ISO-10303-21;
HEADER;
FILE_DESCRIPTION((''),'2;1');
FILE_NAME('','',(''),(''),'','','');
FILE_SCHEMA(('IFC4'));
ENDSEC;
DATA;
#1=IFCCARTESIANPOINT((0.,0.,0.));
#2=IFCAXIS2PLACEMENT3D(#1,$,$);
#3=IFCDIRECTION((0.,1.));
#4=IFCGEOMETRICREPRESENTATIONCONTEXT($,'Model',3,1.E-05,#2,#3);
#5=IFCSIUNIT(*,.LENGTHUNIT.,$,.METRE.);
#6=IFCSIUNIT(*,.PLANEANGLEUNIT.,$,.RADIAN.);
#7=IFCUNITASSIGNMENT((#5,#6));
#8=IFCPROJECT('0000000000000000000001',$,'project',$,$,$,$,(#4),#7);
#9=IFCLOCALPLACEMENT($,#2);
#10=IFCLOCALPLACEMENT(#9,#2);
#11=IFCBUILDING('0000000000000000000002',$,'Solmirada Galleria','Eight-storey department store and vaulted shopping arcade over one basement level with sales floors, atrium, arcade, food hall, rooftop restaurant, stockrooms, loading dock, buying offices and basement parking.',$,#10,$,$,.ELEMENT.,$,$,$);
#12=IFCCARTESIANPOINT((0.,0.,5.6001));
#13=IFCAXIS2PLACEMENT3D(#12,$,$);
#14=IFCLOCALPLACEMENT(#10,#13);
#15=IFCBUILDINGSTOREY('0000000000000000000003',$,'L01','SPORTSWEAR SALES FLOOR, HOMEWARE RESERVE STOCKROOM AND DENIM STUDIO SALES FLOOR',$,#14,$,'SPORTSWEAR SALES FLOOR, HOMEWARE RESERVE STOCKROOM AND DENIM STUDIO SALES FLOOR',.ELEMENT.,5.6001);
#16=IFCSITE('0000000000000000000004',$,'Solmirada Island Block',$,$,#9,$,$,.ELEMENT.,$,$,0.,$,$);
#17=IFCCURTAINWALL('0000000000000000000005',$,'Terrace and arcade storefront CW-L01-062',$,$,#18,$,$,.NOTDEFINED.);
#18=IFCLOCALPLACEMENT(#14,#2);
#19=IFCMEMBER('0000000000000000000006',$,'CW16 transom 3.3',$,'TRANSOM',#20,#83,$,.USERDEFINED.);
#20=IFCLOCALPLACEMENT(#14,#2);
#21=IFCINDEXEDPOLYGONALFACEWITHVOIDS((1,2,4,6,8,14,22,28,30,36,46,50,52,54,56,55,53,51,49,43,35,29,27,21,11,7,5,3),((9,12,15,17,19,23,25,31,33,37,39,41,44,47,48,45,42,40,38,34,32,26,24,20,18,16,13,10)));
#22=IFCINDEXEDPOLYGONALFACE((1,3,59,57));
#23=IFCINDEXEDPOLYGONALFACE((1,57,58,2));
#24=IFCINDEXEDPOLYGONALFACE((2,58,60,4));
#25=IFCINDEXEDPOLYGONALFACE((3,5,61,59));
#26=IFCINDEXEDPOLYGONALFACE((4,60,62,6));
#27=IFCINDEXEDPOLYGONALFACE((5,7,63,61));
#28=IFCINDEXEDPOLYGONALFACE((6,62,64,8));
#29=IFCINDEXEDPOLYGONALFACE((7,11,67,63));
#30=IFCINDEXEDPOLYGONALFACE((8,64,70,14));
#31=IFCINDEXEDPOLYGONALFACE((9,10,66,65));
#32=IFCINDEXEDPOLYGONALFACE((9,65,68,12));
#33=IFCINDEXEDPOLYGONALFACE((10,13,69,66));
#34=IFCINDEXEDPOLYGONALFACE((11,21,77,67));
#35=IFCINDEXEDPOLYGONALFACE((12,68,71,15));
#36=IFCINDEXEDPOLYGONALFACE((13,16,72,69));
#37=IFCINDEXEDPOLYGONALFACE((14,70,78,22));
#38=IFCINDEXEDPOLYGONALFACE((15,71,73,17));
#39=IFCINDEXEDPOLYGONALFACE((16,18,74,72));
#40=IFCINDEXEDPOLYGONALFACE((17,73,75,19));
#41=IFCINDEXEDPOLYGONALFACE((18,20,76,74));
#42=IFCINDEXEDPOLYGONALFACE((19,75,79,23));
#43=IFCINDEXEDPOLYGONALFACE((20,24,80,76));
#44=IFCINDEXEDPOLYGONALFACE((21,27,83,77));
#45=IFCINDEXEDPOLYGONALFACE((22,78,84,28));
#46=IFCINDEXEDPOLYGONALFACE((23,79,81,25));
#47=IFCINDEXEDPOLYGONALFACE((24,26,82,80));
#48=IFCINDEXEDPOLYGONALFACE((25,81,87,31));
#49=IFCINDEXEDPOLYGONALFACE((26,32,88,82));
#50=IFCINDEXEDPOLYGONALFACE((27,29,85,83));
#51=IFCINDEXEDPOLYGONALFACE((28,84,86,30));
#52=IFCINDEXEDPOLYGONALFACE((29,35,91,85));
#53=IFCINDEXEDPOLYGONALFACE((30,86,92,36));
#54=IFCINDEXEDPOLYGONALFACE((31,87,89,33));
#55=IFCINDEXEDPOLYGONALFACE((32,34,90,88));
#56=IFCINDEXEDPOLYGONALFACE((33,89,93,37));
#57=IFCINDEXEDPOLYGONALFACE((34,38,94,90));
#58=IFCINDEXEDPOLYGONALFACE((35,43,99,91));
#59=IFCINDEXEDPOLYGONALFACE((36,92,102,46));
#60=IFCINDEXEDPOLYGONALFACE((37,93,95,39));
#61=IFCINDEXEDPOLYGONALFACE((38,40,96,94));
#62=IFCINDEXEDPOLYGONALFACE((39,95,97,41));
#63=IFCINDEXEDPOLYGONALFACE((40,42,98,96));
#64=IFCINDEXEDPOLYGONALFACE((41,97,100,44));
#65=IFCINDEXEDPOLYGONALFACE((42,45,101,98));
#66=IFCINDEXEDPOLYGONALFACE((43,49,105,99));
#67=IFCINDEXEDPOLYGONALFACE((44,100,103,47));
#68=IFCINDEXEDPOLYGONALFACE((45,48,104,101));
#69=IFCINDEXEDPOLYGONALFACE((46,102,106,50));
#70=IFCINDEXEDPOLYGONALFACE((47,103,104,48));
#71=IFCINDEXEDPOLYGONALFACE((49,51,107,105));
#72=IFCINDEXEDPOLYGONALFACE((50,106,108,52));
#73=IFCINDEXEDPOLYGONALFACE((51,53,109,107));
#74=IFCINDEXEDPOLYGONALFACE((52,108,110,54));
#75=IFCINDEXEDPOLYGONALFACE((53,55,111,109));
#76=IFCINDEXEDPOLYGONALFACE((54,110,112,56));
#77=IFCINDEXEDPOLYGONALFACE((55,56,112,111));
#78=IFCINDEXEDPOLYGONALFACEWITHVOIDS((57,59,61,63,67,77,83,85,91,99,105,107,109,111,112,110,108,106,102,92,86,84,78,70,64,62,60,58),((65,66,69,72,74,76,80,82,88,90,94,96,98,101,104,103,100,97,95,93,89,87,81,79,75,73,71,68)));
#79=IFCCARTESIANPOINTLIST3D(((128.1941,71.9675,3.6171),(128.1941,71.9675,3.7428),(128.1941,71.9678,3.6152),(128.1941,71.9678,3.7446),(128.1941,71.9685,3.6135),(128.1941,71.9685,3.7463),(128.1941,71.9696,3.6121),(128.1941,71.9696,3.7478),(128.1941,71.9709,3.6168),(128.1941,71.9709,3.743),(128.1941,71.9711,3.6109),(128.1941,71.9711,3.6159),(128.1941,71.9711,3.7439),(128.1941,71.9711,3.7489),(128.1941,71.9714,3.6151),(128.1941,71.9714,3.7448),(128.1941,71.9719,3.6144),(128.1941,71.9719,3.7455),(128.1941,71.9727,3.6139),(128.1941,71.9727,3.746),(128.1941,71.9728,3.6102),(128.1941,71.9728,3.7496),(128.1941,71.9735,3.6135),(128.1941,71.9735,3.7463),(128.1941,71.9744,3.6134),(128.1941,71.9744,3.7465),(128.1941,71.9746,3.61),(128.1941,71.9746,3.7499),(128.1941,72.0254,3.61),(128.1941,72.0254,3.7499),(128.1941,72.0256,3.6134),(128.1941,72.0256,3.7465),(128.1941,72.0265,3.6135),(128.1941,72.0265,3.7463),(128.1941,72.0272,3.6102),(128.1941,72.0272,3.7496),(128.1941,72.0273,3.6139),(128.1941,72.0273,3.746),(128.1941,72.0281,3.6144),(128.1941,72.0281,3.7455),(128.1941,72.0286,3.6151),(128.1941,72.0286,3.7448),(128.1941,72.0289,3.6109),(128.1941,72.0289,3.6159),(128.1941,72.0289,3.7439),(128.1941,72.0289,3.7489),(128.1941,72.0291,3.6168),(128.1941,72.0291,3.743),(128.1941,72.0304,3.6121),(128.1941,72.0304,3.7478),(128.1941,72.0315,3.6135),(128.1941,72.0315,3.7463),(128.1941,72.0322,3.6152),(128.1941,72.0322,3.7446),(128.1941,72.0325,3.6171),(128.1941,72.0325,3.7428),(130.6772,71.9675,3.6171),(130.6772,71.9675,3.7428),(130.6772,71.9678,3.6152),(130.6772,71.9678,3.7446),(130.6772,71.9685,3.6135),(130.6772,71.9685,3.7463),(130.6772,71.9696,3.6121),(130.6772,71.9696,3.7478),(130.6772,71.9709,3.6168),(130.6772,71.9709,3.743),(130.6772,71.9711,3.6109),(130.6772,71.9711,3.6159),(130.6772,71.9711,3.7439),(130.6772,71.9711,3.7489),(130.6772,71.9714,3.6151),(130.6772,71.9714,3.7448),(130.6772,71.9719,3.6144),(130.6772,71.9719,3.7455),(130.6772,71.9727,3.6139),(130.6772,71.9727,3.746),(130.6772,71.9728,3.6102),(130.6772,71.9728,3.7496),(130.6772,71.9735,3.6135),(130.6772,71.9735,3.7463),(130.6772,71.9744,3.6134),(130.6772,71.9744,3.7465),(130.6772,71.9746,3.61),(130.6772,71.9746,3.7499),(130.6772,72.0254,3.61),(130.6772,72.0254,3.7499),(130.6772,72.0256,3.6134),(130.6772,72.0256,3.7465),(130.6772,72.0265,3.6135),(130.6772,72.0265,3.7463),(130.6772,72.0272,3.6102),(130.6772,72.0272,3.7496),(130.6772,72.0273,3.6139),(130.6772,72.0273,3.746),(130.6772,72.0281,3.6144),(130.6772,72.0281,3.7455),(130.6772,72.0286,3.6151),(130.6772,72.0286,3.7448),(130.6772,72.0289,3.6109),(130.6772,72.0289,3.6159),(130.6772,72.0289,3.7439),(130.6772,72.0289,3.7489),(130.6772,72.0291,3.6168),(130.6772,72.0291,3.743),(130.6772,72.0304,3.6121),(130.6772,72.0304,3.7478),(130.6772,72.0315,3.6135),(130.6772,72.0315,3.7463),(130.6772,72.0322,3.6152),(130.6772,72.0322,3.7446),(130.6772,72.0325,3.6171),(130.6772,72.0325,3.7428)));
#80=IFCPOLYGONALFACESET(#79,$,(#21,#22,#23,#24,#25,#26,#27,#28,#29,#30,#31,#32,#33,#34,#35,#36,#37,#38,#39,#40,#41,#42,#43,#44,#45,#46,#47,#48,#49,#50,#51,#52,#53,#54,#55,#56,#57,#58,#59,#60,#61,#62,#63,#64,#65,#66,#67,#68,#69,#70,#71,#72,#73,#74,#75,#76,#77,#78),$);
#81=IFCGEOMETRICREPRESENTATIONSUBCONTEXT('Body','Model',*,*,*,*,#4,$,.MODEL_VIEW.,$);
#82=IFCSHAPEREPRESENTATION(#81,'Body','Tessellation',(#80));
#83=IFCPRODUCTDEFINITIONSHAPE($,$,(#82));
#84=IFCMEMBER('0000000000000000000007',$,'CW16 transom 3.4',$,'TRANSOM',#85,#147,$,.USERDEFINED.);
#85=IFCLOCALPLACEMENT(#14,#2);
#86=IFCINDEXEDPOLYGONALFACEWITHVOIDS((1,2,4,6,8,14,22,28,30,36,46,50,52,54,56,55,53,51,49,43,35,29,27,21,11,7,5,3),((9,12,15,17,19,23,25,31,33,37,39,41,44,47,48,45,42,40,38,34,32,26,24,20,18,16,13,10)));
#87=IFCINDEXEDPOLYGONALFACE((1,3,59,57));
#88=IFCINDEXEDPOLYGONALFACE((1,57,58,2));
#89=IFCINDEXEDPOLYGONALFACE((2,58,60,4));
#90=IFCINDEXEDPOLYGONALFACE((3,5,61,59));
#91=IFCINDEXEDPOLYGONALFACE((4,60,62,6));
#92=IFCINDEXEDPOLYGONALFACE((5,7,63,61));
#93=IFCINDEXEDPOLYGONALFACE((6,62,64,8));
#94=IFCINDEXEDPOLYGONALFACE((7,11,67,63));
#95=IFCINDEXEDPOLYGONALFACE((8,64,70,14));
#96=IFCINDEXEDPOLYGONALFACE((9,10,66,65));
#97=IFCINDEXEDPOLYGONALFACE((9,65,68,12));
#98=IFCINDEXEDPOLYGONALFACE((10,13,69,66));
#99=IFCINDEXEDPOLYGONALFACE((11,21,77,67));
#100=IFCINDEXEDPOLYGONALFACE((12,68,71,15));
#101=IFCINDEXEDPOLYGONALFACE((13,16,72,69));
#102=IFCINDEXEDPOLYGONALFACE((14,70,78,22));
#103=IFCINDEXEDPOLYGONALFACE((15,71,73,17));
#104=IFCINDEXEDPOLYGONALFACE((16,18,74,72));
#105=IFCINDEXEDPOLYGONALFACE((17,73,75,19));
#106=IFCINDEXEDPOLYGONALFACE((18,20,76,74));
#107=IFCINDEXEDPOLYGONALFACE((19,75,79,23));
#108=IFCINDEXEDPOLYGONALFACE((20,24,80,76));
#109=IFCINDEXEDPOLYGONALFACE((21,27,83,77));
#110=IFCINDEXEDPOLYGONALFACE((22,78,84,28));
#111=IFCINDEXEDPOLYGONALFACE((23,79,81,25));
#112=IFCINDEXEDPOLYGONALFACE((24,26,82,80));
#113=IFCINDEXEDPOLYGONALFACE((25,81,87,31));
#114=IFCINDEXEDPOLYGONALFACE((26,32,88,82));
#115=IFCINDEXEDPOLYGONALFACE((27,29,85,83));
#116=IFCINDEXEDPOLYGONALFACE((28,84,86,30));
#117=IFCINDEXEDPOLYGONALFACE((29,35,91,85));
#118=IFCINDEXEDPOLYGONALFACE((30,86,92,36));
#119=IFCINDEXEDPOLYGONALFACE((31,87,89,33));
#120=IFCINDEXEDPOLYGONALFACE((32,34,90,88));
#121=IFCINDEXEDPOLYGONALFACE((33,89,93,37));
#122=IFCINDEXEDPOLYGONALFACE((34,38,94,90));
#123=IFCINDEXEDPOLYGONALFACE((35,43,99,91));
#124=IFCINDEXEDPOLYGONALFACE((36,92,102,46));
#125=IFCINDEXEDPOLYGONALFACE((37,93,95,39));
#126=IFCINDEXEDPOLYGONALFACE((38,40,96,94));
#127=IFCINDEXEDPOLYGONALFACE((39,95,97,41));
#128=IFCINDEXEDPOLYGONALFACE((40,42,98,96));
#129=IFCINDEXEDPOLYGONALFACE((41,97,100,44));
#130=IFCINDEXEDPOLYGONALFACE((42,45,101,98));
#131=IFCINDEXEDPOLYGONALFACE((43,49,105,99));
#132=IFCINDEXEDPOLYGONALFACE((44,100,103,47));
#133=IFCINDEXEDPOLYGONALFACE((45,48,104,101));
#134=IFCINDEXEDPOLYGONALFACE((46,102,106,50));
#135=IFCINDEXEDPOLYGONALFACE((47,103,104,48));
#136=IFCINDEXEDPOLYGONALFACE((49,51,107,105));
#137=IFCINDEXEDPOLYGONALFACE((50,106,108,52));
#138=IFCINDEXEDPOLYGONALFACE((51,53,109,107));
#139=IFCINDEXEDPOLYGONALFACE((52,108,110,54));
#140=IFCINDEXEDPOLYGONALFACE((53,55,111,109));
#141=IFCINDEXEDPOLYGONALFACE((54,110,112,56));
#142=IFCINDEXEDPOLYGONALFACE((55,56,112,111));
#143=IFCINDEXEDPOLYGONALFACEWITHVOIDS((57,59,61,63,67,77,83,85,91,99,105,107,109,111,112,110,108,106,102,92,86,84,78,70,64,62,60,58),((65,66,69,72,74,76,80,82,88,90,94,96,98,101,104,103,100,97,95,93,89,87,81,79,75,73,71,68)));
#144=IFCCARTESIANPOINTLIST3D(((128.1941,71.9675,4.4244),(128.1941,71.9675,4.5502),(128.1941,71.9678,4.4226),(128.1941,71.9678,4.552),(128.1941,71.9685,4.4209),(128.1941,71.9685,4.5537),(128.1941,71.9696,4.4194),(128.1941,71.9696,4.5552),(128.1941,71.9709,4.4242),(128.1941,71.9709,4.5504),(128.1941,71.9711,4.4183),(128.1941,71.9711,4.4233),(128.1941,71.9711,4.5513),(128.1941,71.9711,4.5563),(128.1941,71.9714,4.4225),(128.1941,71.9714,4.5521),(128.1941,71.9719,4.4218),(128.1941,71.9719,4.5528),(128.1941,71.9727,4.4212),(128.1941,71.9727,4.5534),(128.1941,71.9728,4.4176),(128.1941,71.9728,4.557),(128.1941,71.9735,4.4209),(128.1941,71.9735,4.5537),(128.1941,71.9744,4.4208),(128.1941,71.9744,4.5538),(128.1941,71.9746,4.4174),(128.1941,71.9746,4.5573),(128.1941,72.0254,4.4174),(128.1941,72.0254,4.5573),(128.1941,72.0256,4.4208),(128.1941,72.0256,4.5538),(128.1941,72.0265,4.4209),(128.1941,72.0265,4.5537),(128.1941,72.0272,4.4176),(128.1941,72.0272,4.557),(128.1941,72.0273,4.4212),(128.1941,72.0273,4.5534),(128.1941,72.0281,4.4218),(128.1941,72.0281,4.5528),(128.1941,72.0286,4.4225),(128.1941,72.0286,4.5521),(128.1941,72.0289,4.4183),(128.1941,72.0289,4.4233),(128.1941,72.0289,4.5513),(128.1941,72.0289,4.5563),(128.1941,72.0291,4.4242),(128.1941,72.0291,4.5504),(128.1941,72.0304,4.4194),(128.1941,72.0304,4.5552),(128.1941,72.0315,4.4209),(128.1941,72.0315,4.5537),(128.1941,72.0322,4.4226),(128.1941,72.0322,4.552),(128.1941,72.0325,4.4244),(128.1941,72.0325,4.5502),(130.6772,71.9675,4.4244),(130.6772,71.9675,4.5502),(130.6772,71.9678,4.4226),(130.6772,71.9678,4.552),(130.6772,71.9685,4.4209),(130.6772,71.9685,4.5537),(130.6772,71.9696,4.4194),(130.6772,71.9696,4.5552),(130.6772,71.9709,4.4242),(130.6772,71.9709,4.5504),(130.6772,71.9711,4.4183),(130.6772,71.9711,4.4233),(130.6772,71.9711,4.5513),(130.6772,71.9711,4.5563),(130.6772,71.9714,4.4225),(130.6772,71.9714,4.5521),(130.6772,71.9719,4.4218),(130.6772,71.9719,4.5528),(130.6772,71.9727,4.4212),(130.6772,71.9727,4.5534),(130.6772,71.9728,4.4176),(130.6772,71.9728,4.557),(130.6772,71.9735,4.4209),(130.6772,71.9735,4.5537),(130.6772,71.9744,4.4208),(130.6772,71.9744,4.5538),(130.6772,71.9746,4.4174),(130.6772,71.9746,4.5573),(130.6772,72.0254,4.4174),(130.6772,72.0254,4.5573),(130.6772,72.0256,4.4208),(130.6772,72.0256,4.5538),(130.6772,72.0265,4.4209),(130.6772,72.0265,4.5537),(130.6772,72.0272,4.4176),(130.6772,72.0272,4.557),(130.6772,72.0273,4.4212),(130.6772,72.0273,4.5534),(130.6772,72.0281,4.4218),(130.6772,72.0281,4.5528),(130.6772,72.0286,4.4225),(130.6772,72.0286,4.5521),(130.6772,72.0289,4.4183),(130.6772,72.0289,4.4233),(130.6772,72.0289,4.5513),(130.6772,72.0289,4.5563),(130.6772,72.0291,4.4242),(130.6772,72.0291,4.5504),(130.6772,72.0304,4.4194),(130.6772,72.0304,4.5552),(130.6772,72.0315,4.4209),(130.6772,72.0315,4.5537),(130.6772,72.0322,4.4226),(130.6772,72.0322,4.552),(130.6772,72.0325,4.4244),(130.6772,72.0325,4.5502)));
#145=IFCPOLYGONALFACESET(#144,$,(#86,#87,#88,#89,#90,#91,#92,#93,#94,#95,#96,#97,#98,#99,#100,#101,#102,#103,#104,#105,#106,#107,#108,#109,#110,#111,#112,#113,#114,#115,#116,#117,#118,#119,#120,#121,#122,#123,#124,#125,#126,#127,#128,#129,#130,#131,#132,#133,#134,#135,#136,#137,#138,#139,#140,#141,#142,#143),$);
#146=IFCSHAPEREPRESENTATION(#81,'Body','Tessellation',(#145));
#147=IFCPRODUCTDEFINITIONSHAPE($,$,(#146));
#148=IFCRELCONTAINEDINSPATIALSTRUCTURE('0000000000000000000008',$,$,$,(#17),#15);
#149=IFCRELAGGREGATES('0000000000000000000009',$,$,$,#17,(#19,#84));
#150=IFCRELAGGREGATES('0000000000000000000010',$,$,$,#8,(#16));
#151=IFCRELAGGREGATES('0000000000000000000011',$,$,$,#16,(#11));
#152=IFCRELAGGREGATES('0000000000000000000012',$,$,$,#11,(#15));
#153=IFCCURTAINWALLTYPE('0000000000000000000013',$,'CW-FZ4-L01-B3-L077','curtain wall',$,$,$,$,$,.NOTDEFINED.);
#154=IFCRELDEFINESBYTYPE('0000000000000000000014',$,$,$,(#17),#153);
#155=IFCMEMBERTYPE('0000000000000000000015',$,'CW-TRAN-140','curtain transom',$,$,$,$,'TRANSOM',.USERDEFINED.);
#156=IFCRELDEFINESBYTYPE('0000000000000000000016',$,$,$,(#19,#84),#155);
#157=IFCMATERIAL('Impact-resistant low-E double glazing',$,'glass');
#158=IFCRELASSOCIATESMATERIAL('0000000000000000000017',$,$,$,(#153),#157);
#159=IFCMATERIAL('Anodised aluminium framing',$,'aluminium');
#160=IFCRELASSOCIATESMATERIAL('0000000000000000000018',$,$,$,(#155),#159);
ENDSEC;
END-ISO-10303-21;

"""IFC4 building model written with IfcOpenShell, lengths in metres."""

from ifc_helpers import new_model, si_unit, direction, frame, origin, origin_2d, place, context, subcontext, project, spatial, hollow_rectangle, extrude, material, material_profile, profile_set, type_object, element, aggregate, save


model = new_model("IFC4")

# Units and contexts
model_context = context("Model", 3, precision=1e-05, world=origin(), true_north=direction((0.0, 1.0)))
body_context = subcontext(model_context, "Body", "Model", "MODEL_VIEW")
ifc_project = project(units=[si_unit("LENGTHUNIT", "METRE"), si_unit("PLANEANGLEUNIT", "RADIAN")], contexts=[model_context])

# Site, building, storey
site_placement = place(None, origin())
site = spatial("IfcSite", under=ifc_project, at=site_placement, Name="Solmirada Island Block", CompositionType="ELEMENT", RefElevation=0.0)
building_placement = place(site_placement, origin())
building = spatial("IfcBuilding", under=site, at=building_placement, Name="Solmirada Galleria", Description="Eight-storey department store and vaulted shopping arcade over one basement level with sales floors, atrium, arcade, food hall, rooftop restaurant, stockrooms, loading dock, buying offices and basement parking.", CompositionType="ELEMENT")
storey_placement = place(building_placement, frame((0.0, 0.0, 5.6001)))
storey = spatial("IfcBuildingStorey", under=building, at=storey_placement, Name="L01", Description="SPORTSWEAR SALES FLOOR, HOMEWARE RESERVE STOCKROOM AND DENIM STUDIO SALES FLOOR", LongName="SPORTSWEAR SALES FLOOR, HOMEWARE RESERVE STOCKROOM AND DENIM STUDIO SALES FLOOR", CompositionType="ELEMENT", Elevation=5.6001)

# Curtain wall
ifc_material_1 = material(Name="Impact-resistant low-E double glazing", Category="glass")
curtain_wall_type = type_object("IfcCurtainWallType", Name="CW-FZ4-L01-B3-L077", Description="curtain wall", PredefinedType="NOTDEFINED", material=ifc_material_1)
curtain_wall_1_placement = place(storey_placement, origin())
curtain_wall_1 = element("IfcCurtainWall", 1, at=curtain_wall_1_placement, inside=storey, type_object=curtain_wall_type, Name="Terrace and arcade storefront CW-L01-062", PredefinedType="NOTDEFINED")
ifc_material_2 = material(Name="Anodised aluminium framing", Category="aluminium")

# Members
ifc_material_profile_1 = material_profile(ifc_material_2, hollow_rectangle(XDim=0.0649, YDim=0.1399, WallThickness=0.0034, InnerFilletRadius=0.0034, OuterFilletRadius=0.0071, at=origin_2d()), Name="ALU-TRAN-140X65")
ifc_profile_set_1 = profile_set([ifc_material_profile_1], Name="Anodised aluminium framing")
member_type_1 = type_object("IfcMemberType", Name="CW-TRAN-140", Description="curtain transom", ElementType="TRANSOM", PredefinedType="USERDEFINED", material=ifc_profile_set_1)
member_1_placement = place(storey_placement, frame((130.6772, 72.0, 3.6799), z_axis=(-1.0, 0.0, 0.0), x_axis=(0.0, -1.0, 0.0)))
member_1 = element("IfcMember", 2, at=member_1_placement, type_object=member_type_1, Name="CW16 transom 3.3", ObjectType="TRANSOM", PredefinedType="USERDEFINED", context=body_context, shape_type="SweptSolid", body=[
    extrude(hollow_rectangle(XDim=0.0649, YDim=0.1399, WallThickness=0.0034, InnerFilletRadius=0.0034, OuterFilletRadius=0.0071, at=origin_2d()), origin(), (0.0, 0.0, 1.0), 2.4832),
])
member_2_placement = place(storey_placement, frame((130.6772, 72.0, 4.4873), z_axis=(-1.0, 0.0, 0.0), x_axis=(0.0, -1.0, 0.0)))
member_2 = element("IfcMember", 3, at=member_2_placement, type_object=member_type_1, Name="CW16 transom 3.4", ObjectType="TRANSOM", PredefinedType="USERDEFINED", context=body_context, shape_type="SweptSolid", body=[
    extrude(hollow_rectangle(XDim=0.0649, YDim=0.1399, WallThickness=0.0034, InnerFilletRadius=0.0034, OuterFilletRadius=0.0071, at=origin_2d()), origin(), (0.0, 0.0, 1.0), 2.4832),
])

aggregate(curtain_wall_1, [member_1, member_2])

save(model, "model.ifc")
